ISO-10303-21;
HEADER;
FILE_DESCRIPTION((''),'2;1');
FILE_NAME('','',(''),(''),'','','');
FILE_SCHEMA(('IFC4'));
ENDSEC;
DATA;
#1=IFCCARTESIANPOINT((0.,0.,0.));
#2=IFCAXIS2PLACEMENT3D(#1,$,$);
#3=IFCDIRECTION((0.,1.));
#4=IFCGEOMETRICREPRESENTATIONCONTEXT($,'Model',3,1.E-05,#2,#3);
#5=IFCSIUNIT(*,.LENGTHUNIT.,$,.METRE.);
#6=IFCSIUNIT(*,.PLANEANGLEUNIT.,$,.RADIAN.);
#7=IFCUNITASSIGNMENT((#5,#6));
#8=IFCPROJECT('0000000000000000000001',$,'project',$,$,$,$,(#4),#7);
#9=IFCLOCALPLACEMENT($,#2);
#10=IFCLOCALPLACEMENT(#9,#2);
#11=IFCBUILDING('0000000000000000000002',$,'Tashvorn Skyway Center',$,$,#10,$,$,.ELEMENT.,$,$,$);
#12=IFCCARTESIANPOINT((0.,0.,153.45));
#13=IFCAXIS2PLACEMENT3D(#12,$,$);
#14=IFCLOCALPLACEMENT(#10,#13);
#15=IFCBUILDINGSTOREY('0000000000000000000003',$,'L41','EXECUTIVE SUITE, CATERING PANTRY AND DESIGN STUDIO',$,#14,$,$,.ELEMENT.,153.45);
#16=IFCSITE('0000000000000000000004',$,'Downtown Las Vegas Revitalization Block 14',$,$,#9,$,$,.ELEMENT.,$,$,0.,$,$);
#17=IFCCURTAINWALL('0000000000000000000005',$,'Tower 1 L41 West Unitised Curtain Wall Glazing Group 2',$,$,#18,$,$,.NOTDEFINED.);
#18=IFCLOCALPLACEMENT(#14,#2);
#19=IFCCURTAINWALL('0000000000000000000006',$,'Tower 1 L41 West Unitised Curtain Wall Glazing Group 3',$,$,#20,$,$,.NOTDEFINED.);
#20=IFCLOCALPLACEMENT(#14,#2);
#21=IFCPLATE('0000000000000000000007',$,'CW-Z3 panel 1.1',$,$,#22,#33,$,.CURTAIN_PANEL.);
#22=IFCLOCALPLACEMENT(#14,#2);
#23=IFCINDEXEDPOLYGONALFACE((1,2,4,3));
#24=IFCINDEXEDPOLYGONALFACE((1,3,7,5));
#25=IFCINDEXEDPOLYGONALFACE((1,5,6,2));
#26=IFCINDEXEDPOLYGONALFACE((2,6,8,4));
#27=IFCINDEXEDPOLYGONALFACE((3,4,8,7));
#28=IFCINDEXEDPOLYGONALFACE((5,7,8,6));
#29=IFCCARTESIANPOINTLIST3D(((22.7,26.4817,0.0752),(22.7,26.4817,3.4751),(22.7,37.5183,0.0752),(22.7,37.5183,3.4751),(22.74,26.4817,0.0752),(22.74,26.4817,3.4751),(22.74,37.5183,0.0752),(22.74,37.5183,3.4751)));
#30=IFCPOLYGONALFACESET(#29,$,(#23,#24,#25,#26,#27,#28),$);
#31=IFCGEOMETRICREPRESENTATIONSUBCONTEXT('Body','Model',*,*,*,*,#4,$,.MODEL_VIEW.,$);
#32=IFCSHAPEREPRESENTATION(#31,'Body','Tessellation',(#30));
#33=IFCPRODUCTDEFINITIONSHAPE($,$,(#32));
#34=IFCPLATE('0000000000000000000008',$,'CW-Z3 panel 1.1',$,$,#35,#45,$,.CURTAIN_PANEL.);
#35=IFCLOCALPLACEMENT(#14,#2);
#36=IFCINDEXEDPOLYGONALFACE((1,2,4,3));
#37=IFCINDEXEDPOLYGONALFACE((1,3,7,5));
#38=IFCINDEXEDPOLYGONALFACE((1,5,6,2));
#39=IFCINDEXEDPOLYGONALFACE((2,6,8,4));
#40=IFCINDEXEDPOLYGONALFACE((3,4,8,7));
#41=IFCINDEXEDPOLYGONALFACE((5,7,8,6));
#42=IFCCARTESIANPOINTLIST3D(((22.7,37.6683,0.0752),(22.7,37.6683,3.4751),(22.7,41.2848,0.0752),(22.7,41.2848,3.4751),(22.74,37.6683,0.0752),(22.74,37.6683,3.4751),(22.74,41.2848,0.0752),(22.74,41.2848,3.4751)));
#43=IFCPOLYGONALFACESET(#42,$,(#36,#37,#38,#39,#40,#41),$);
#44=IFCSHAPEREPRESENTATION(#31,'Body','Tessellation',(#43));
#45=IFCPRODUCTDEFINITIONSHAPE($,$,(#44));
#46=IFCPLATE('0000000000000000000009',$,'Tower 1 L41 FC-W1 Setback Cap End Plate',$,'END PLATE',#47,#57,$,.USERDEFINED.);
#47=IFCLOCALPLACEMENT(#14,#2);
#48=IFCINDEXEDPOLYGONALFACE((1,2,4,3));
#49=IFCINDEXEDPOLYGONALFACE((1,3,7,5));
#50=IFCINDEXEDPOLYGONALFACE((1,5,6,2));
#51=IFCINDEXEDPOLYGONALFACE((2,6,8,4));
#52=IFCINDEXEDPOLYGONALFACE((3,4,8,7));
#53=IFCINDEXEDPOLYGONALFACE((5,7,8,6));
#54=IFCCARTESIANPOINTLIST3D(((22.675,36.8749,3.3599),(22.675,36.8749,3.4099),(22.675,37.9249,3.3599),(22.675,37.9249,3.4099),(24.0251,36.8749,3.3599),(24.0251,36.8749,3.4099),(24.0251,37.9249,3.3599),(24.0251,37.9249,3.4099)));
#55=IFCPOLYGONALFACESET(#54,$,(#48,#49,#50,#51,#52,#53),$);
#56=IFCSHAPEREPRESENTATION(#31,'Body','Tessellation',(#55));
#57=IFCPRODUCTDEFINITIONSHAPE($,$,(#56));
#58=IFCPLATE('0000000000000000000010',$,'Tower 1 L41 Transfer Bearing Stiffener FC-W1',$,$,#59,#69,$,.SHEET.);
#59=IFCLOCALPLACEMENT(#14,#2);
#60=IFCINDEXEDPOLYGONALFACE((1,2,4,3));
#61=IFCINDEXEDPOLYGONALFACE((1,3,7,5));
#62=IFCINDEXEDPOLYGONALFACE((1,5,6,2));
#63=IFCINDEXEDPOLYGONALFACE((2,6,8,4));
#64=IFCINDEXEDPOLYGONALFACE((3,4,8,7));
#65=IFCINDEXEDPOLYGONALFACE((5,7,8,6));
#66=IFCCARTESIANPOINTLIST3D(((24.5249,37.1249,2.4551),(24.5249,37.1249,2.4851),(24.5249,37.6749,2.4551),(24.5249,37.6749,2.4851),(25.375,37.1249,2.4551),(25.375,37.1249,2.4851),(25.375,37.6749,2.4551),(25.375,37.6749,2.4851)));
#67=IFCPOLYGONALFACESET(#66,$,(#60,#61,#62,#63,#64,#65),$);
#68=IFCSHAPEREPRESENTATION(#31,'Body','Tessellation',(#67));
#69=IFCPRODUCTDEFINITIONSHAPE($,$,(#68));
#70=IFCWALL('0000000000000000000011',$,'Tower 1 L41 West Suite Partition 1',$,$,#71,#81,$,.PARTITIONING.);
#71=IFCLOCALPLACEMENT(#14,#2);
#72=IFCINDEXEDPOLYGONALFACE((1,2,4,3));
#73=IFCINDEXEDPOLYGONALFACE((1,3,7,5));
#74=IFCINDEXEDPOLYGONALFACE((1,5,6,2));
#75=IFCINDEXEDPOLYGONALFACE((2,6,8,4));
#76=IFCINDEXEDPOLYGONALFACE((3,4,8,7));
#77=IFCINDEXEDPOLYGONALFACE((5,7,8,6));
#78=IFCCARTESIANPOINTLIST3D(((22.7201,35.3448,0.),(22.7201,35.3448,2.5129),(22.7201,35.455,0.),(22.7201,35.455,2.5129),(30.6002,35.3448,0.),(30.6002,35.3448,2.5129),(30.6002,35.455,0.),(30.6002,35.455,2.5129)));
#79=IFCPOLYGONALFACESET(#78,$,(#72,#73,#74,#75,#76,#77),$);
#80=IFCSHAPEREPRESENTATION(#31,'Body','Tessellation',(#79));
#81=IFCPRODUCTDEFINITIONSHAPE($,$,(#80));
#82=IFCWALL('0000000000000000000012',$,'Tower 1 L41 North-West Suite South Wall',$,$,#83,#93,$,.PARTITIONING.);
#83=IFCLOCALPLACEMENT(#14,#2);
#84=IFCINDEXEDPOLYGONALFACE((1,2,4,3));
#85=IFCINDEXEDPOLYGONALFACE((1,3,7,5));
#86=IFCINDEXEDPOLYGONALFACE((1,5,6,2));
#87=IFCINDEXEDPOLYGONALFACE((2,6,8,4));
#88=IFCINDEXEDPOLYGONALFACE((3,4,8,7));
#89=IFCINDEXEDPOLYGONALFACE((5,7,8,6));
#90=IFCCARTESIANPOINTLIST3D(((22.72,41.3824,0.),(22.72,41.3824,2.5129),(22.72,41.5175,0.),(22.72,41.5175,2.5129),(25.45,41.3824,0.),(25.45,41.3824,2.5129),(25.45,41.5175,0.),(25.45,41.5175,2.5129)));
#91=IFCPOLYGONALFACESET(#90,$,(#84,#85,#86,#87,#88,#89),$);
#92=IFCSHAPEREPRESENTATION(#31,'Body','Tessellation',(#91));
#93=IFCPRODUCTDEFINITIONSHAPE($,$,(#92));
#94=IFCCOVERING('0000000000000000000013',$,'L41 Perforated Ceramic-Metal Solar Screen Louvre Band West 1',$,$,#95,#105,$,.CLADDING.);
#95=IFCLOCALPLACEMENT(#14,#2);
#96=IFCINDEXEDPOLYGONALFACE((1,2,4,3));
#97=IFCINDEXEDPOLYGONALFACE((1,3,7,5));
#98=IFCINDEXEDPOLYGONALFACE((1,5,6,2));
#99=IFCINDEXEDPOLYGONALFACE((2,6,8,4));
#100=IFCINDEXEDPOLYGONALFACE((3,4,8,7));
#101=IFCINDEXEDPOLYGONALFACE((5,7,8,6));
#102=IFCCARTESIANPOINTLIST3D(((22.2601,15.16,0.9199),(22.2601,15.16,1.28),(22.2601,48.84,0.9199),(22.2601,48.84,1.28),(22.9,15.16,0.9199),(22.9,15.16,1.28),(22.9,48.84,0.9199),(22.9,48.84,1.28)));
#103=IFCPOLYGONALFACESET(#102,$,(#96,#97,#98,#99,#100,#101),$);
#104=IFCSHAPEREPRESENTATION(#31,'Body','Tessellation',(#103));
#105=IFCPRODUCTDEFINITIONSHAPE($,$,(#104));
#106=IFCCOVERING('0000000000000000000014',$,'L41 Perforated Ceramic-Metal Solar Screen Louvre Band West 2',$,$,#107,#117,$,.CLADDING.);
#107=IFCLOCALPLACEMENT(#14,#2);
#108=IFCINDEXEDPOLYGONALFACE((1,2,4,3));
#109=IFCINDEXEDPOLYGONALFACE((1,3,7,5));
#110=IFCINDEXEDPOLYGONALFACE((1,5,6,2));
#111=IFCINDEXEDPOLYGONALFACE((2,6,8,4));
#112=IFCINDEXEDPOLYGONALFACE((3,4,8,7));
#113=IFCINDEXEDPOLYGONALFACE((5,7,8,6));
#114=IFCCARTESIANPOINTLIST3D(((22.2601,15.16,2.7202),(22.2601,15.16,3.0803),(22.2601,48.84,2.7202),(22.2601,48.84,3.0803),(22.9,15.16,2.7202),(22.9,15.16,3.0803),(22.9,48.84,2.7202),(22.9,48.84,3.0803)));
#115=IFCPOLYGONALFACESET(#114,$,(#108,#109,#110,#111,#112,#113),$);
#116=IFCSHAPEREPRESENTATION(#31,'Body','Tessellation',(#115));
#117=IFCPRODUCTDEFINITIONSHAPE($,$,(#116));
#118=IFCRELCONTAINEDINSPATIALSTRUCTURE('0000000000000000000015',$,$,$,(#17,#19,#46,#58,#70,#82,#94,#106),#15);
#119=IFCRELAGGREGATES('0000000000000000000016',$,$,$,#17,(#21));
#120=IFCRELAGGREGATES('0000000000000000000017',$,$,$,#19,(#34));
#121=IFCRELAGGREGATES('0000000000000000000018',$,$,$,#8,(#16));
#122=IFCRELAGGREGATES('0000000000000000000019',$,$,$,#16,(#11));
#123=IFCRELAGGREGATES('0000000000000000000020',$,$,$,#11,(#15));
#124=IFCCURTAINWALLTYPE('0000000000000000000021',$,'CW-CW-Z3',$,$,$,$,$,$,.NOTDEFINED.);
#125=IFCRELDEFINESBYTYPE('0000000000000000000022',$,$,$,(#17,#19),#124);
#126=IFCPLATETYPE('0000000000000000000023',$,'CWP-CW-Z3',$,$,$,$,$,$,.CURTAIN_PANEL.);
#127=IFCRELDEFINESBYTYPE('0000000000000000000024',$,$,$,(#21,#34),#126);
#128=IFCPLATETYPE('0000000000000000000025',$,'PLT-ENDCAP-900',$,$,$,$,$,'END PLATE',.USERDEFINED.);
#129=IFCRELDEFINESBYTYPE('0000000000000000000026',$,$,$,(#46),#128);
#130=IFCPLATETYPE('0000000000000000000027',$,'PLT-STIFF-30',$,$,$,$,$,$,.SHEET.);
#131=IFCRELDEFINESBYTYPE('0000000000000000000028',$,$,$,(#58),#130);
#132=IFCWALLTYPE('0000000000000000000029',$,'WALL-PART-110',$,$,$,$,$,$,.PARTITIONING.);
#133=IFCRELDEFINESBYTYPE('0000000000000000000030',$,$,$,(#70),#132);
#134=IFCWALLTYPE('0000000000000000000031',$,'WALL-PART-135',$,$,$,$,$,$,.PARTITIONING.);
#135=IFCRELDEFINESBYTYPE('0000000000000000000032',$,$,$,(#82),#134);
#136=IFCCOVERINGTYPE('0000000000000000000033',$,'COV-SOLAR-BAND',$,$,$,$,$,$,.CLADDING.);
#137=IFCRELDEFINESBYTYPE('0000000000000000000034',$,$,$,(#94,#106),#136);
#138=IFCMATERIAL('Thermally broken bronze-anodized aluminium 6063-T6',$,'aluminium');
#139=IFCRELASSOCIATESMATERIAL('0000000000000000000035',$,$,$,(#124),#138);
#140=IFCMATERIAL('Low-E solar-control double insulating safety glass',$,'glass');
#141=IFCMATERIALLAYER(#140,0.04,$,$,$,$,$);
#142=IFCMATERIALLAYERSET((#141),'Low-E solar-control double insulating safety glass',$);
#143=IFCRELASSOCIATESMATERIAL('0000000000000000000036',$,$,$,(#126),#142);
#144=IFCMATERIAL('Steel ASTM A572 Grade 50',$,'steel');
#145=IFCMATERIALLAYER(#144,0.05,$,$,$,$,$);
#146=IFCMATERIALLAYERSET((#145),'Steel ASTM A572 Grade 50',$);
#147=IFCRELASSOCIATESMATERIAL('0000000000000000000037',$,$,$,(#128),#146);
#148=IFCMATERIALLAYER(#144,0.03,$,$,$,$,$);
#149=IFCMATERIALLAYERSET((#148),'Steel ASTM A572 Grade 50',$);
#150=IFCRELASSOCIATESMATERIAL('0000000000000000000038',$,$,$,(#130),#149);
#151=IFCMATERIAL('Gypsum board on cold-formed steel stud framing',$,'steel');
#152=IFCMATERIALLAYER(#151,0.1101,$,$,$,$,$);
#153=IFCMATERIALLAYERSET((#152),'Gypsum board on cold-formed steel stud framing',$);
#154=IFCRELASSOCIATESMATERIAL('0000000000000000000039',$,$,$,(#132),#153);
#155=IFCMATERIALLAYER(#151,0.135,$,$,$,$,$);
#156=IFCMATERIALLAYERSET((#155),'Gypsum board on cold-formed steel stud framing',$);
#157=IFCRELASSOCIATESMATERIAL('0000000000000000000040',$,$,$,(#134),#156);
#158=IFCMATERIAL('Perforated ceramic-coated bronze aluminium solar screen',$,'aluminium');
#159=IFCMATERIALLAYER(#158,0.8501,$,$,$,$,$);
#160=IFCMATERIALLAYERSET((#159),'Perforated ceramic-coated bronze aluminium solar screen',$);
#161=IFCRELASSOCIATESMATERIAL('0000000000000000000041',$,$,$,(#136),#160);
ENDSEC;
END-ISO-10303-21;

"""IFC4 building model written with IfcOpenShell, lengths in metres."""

from ifc_helpers import new_model, si_unit, direction, frame, frame_2d, origin, origin_2d, place, context, subcontext, project, spatial, rectangle, extrude, material, layer, layer_set, type_object, element, aggregate, save


model = new_model("IFC4")

# Units and contexts
model_context = context("Model", 3, precision=1e-05, world=origin(), true_north=direction((0.0, 1.0)))
body_context = subcontext(model_context, "Body", "Model", "MODEL_VIEW")
ifc_project = project(units=[si_unit("LENGTHUNIT", "METRE"), si_unit("PLANEANGLEUNIT", "RADIAN")], contexts=[model_context])

# Site, building, storey
site_placement = place(None, origin())
site = spatial("IfcSite", under=ifc_project, at=site_placement, Name="Downtown Las Vegas Revitalization Block 14", CompositionType="ELEMENT", RefElevation=0.0)
building_placement = place(site_placement, origin())
building = spatial("IfcBuilding", under=site, at=building_placement, Name="Tashvorn Skyway Center", CompositionType="ELEMENT")
storey_placement = place(building_placement, frame((0.0, 0.0, 153.45)))
storey = spatial("IfcBuildingStorey", under=building, at=storey_placement, Name="L41", Description="EXECUTIVE SUITE, CATERING PANTRY AND DESIGN STUDIO", CompositionType="ELEMENT", Elevation=153.45)

# Shared definitions
ifc_material_1 = material(Name="Steel ASTM A572 Grade 50", Category="steel")

# Curtain wall
ifc_material_2 = material(Name="Thermally broken bronze-anodized aluminium 6063-T6", Category="aluminium")
curtain_wall_type = type_object("IfcCurtainWallType", Name="CW-CW-Z3", PredefinedType="NOTDEFINED", material=ifc_material_2)
curtain_wall_1_placement = place(storey_placement, origin())
curtain_wall_1 = element("IfcCurtainWall", 1, at=curtain_wall_1_placement, inside=storey, type_object=curtain_wall_type, Name="Tower 1 L41 West Unitised Curtain Wall Glazing Group 2", PredefinedType="NOTDEFINED")

# Curtain wall
curtain_wall_2_placement = place(storey_placement, origin())
curtain_wall_2 = element("IfcCurtainWall", 2, at=curtain_wall_2_placement, inside=storey, type_object=curtain_wall_type, Name="Tower 1 L41 West Unitised Curtain Wall Glazing Group 3", PredefinedType="NOTDEFINED")

# Plates
ifc_material_3 = material(Name="Low-E solar-control double insulating safety glass", Category="glass")
ifc_layer_1 = layer(ifc_material_3, 0.04)
ifc_layer_set_1 = layer_set([ifc_layer_1], Name="Low-E solar-control double insulating safety glass")
plate_type_1 = type_object("IfcPlateType", Name="CWP-CW-Z3", PredefinedType="CURTAIN_PANEL", material=ifc_layer_set_1)
plate_1_placement = place(storey_placement, frame((22.72, 32.0, 0.0752), z_axis=(0.0, 0.0, 1.0), x_axis=(0.0, 1.0, 0.0)))
plate_1 = element("IfcPlate", 3, at=plate_1_placement, type_object=plate_type_1, Name="CW-Z3 panel 1.1", PredefinedType="CURTAIN_PANEL", context=body_context, shape_type="SweptSolid", body=[
    extrude(rectangle(XDim=11.0366, YDim=0.04, at=origin_2d()), origin(), (0.0, 0.0, 1.0), 3.3999),
])
aggregate(curtain_wall_1, [plate_1])
plate_2_placement = place(storey_placement, frame((22.72, 39.4766, 0.0752), z_axis=(0.0, 0.0, 1.0), x_axis=(0.0, 1.0, 0.0)))
plate_2 = element("IfcPlate", 4, at=plate_2_placement, type_object=plate_type_1, Name="CW-Z3 panel 1.1", PredefinedType="CURTAIN_PANEL", context=body_context, shape_type="SweptSolid", body=[
    extrude(rectangle(XDim=3.6165, YDim=0.04, at=origin_2d()), origin(), (0.0, 0.0, 1.0), 3.3999),
])
aggregate(curtain_wall_2, [plate_2])

# Plates
ifc_layer_2 = layer(ifc_material_1, 0.05)
ifc_layer_set_2 = layer_set([ifc_layer_2], Name="Steel ASTM A572 Grade 50")
plate_type_2 = type_object("IfcPlateType", Name="PLT-ENDCAP-900", ElementType="END PLATE", PredefinedType="USERDEFINED", material=ifc_layer_set_2)
plate_3_placement = place(storey_placement, frame((23.3501, 37.3999, 3.3599), z_axis=(0.0, 0.0, 1.0), x_axis=(1.0, 0.0, 0.0)))
element("IfcPlate", 5, at=plate_3_placement, inside=storey, type_object=plate_type_2, Name="Tower 1 L41 FC-W1 Setback Cap End Plate", ObjectType="END PLATE", PredefinedType="USERDEFINED", context=body_context, shape_type="SweptSolid", body=[
    extrude(rectangle(XDim=1.3501, YDim=1.05, at=origin_2d()), origin(), (0.0, 0.0, 1.0), 0.05),
])
ifc_layer_3 = layer(ifc_material_1, 0.03)
ifc_layer_set_3 = layer_set([ifc_layer_3], Name="Steel ASTM A572 Grade 50")
plate_type_3 = type_object("IfcPlateType", Name="PLT-STIFF-30", PredefinedType="SHEET", material=ifc_layer_set_3)
plate_4_placement = place(storey_placement, frame((24.95, 37.3999, 2.4551), z_axis=(0.0, 0.0, 1.0), x_axis=(1.0, 0.0, 0.0)))
element("IfcPlate", 6, at=plate_4_placement, inside=storey, type_object=plate_type_3, Name="Tower 1 L41 Transfer Bearing Stiffener FC-W1", PredefinedType="SHEET", context=body_context, shape_type="SweptSolid", body=[
    extrude(rectangle(XDim=0.8501, YDim=0.55, at=origin_2d()), origin(), (0.0, 0.0, 1.0), 0.03),
])

# Walls
ifc_material_4 = material(Name="Gypsum board on cold-formed steel stud framing", Category="steel")
ifc_layer_4 = layer(ifc_material_4, 0.1101)
ifc_layer_set_4 = layer_set([ifc_layer_4], Name="Gypsum board on cold-formed steel stud framing")
wall_type_1 = type_object("IfcWallType", Name="WALL-PART-110", PredefinedType="PARTITIONING", material=ifc_layer_set_4)
wall_1_placement = place(storey_placement, frame((30.6001, 35.3999, 0.0), z_axis=(0.0, 0.0, 1.0), x_axis=(-1.0, 0.0, 0.0)))
element("IfcWall", 7, at=wall_1_placement, inside=storey, type_object=wall_type_1, Name="Tower 1 L41 West Suite Partition 1", PredefinedType="PARTITIONING", context=body_context, shape_type="SweptSolid", body=[
    extrude(rectangle(XDim=7.8801, YDim=0.1101, at=frame_2d((3.9399, 0.0))), origin(), (0.0, 0.0, 1.0), 2.5129),
])
ifc_layer_5 = layer(ifc_material_4, 0.135)
ifc_layer_set_5 = layer_set([ifc_layer_5], Name="Gypsum board on cold-formed steel stud framing")
wall_type_2 = type_object("IfcWallType", Name="WALL-PART-135", PredefinedType="PARTITIONING", material=ifc_layer_set_5)
wall_2_placement = place(storey_placement, frame((22.72, 41.45, 0.0), z_axis=(0.0, 0.0, 1.0), x_axis=(1.0, 0.0, 0.0)))
element("IfcWall", 8, at=wall_2_placement, inside=storey, type_object=wall_type_2, Name="Tower 1 L41 North-West Suite South Wall", PredefinedType="PARTITIONING", context=body_context, shape_type="SweptSolid", body=[
    extrude(rectangle(XDim=2.73, YDim=0.135, at=frame_2d((1.365, 0.0))), origin(), (0.0, 0.0, 1.0), 2.5129),
])

# Coverings
ifc_material_5 = material(Name="Perforated ceramic-coated bronze aluminium solar screen", Category="aluminium")
ifc_layer_6 = layer(ifc_material_5, 0.8501)
ifc_layer_set_6 = layer_set([ifc_layer_6], Name="Perforated ceramic-coated bronze aluminium solar screen")
covering_type = type_object("IfcCoveringType", Name="COV-SOLAR-BAND", PredefinedType="CLADDING", material=ifc_layer_set_6)
for number, where, z_axis, x_axis, name in (
    (9, (22.5801, 32.0, 0.9199), (0.0, 0.0, 1.0), (0.0, 1.0, 0.0), "L41 Perforated Ceramic-Metal Solar Screen Louvre Band West 1"),
    (10, (22.5801, 32.0, 2.7202), (0.0, 0.0, 1.0), (0.0, 1.0, 0.0), "L41 Perforated Ceramic-Metal Solar Screen Louvre Band West 2"),
):
    element("IfcCovering", number, at=place(storey_placement, frame(where, z_axis=z_axis, x_axis=x_axis)), inside=storey, type_object=covering_type, Name=name, PredefinedType="CLADDING", context=body_context, shape_type="SweptSolid", body=[
        extrude(rectangle(XDim=33.6799, YDim=0.6399, at=origin_2d()), origin(), (0.0, 0.0, 1.0), 0.3601),
    ])

save(model, "model.ifc")
